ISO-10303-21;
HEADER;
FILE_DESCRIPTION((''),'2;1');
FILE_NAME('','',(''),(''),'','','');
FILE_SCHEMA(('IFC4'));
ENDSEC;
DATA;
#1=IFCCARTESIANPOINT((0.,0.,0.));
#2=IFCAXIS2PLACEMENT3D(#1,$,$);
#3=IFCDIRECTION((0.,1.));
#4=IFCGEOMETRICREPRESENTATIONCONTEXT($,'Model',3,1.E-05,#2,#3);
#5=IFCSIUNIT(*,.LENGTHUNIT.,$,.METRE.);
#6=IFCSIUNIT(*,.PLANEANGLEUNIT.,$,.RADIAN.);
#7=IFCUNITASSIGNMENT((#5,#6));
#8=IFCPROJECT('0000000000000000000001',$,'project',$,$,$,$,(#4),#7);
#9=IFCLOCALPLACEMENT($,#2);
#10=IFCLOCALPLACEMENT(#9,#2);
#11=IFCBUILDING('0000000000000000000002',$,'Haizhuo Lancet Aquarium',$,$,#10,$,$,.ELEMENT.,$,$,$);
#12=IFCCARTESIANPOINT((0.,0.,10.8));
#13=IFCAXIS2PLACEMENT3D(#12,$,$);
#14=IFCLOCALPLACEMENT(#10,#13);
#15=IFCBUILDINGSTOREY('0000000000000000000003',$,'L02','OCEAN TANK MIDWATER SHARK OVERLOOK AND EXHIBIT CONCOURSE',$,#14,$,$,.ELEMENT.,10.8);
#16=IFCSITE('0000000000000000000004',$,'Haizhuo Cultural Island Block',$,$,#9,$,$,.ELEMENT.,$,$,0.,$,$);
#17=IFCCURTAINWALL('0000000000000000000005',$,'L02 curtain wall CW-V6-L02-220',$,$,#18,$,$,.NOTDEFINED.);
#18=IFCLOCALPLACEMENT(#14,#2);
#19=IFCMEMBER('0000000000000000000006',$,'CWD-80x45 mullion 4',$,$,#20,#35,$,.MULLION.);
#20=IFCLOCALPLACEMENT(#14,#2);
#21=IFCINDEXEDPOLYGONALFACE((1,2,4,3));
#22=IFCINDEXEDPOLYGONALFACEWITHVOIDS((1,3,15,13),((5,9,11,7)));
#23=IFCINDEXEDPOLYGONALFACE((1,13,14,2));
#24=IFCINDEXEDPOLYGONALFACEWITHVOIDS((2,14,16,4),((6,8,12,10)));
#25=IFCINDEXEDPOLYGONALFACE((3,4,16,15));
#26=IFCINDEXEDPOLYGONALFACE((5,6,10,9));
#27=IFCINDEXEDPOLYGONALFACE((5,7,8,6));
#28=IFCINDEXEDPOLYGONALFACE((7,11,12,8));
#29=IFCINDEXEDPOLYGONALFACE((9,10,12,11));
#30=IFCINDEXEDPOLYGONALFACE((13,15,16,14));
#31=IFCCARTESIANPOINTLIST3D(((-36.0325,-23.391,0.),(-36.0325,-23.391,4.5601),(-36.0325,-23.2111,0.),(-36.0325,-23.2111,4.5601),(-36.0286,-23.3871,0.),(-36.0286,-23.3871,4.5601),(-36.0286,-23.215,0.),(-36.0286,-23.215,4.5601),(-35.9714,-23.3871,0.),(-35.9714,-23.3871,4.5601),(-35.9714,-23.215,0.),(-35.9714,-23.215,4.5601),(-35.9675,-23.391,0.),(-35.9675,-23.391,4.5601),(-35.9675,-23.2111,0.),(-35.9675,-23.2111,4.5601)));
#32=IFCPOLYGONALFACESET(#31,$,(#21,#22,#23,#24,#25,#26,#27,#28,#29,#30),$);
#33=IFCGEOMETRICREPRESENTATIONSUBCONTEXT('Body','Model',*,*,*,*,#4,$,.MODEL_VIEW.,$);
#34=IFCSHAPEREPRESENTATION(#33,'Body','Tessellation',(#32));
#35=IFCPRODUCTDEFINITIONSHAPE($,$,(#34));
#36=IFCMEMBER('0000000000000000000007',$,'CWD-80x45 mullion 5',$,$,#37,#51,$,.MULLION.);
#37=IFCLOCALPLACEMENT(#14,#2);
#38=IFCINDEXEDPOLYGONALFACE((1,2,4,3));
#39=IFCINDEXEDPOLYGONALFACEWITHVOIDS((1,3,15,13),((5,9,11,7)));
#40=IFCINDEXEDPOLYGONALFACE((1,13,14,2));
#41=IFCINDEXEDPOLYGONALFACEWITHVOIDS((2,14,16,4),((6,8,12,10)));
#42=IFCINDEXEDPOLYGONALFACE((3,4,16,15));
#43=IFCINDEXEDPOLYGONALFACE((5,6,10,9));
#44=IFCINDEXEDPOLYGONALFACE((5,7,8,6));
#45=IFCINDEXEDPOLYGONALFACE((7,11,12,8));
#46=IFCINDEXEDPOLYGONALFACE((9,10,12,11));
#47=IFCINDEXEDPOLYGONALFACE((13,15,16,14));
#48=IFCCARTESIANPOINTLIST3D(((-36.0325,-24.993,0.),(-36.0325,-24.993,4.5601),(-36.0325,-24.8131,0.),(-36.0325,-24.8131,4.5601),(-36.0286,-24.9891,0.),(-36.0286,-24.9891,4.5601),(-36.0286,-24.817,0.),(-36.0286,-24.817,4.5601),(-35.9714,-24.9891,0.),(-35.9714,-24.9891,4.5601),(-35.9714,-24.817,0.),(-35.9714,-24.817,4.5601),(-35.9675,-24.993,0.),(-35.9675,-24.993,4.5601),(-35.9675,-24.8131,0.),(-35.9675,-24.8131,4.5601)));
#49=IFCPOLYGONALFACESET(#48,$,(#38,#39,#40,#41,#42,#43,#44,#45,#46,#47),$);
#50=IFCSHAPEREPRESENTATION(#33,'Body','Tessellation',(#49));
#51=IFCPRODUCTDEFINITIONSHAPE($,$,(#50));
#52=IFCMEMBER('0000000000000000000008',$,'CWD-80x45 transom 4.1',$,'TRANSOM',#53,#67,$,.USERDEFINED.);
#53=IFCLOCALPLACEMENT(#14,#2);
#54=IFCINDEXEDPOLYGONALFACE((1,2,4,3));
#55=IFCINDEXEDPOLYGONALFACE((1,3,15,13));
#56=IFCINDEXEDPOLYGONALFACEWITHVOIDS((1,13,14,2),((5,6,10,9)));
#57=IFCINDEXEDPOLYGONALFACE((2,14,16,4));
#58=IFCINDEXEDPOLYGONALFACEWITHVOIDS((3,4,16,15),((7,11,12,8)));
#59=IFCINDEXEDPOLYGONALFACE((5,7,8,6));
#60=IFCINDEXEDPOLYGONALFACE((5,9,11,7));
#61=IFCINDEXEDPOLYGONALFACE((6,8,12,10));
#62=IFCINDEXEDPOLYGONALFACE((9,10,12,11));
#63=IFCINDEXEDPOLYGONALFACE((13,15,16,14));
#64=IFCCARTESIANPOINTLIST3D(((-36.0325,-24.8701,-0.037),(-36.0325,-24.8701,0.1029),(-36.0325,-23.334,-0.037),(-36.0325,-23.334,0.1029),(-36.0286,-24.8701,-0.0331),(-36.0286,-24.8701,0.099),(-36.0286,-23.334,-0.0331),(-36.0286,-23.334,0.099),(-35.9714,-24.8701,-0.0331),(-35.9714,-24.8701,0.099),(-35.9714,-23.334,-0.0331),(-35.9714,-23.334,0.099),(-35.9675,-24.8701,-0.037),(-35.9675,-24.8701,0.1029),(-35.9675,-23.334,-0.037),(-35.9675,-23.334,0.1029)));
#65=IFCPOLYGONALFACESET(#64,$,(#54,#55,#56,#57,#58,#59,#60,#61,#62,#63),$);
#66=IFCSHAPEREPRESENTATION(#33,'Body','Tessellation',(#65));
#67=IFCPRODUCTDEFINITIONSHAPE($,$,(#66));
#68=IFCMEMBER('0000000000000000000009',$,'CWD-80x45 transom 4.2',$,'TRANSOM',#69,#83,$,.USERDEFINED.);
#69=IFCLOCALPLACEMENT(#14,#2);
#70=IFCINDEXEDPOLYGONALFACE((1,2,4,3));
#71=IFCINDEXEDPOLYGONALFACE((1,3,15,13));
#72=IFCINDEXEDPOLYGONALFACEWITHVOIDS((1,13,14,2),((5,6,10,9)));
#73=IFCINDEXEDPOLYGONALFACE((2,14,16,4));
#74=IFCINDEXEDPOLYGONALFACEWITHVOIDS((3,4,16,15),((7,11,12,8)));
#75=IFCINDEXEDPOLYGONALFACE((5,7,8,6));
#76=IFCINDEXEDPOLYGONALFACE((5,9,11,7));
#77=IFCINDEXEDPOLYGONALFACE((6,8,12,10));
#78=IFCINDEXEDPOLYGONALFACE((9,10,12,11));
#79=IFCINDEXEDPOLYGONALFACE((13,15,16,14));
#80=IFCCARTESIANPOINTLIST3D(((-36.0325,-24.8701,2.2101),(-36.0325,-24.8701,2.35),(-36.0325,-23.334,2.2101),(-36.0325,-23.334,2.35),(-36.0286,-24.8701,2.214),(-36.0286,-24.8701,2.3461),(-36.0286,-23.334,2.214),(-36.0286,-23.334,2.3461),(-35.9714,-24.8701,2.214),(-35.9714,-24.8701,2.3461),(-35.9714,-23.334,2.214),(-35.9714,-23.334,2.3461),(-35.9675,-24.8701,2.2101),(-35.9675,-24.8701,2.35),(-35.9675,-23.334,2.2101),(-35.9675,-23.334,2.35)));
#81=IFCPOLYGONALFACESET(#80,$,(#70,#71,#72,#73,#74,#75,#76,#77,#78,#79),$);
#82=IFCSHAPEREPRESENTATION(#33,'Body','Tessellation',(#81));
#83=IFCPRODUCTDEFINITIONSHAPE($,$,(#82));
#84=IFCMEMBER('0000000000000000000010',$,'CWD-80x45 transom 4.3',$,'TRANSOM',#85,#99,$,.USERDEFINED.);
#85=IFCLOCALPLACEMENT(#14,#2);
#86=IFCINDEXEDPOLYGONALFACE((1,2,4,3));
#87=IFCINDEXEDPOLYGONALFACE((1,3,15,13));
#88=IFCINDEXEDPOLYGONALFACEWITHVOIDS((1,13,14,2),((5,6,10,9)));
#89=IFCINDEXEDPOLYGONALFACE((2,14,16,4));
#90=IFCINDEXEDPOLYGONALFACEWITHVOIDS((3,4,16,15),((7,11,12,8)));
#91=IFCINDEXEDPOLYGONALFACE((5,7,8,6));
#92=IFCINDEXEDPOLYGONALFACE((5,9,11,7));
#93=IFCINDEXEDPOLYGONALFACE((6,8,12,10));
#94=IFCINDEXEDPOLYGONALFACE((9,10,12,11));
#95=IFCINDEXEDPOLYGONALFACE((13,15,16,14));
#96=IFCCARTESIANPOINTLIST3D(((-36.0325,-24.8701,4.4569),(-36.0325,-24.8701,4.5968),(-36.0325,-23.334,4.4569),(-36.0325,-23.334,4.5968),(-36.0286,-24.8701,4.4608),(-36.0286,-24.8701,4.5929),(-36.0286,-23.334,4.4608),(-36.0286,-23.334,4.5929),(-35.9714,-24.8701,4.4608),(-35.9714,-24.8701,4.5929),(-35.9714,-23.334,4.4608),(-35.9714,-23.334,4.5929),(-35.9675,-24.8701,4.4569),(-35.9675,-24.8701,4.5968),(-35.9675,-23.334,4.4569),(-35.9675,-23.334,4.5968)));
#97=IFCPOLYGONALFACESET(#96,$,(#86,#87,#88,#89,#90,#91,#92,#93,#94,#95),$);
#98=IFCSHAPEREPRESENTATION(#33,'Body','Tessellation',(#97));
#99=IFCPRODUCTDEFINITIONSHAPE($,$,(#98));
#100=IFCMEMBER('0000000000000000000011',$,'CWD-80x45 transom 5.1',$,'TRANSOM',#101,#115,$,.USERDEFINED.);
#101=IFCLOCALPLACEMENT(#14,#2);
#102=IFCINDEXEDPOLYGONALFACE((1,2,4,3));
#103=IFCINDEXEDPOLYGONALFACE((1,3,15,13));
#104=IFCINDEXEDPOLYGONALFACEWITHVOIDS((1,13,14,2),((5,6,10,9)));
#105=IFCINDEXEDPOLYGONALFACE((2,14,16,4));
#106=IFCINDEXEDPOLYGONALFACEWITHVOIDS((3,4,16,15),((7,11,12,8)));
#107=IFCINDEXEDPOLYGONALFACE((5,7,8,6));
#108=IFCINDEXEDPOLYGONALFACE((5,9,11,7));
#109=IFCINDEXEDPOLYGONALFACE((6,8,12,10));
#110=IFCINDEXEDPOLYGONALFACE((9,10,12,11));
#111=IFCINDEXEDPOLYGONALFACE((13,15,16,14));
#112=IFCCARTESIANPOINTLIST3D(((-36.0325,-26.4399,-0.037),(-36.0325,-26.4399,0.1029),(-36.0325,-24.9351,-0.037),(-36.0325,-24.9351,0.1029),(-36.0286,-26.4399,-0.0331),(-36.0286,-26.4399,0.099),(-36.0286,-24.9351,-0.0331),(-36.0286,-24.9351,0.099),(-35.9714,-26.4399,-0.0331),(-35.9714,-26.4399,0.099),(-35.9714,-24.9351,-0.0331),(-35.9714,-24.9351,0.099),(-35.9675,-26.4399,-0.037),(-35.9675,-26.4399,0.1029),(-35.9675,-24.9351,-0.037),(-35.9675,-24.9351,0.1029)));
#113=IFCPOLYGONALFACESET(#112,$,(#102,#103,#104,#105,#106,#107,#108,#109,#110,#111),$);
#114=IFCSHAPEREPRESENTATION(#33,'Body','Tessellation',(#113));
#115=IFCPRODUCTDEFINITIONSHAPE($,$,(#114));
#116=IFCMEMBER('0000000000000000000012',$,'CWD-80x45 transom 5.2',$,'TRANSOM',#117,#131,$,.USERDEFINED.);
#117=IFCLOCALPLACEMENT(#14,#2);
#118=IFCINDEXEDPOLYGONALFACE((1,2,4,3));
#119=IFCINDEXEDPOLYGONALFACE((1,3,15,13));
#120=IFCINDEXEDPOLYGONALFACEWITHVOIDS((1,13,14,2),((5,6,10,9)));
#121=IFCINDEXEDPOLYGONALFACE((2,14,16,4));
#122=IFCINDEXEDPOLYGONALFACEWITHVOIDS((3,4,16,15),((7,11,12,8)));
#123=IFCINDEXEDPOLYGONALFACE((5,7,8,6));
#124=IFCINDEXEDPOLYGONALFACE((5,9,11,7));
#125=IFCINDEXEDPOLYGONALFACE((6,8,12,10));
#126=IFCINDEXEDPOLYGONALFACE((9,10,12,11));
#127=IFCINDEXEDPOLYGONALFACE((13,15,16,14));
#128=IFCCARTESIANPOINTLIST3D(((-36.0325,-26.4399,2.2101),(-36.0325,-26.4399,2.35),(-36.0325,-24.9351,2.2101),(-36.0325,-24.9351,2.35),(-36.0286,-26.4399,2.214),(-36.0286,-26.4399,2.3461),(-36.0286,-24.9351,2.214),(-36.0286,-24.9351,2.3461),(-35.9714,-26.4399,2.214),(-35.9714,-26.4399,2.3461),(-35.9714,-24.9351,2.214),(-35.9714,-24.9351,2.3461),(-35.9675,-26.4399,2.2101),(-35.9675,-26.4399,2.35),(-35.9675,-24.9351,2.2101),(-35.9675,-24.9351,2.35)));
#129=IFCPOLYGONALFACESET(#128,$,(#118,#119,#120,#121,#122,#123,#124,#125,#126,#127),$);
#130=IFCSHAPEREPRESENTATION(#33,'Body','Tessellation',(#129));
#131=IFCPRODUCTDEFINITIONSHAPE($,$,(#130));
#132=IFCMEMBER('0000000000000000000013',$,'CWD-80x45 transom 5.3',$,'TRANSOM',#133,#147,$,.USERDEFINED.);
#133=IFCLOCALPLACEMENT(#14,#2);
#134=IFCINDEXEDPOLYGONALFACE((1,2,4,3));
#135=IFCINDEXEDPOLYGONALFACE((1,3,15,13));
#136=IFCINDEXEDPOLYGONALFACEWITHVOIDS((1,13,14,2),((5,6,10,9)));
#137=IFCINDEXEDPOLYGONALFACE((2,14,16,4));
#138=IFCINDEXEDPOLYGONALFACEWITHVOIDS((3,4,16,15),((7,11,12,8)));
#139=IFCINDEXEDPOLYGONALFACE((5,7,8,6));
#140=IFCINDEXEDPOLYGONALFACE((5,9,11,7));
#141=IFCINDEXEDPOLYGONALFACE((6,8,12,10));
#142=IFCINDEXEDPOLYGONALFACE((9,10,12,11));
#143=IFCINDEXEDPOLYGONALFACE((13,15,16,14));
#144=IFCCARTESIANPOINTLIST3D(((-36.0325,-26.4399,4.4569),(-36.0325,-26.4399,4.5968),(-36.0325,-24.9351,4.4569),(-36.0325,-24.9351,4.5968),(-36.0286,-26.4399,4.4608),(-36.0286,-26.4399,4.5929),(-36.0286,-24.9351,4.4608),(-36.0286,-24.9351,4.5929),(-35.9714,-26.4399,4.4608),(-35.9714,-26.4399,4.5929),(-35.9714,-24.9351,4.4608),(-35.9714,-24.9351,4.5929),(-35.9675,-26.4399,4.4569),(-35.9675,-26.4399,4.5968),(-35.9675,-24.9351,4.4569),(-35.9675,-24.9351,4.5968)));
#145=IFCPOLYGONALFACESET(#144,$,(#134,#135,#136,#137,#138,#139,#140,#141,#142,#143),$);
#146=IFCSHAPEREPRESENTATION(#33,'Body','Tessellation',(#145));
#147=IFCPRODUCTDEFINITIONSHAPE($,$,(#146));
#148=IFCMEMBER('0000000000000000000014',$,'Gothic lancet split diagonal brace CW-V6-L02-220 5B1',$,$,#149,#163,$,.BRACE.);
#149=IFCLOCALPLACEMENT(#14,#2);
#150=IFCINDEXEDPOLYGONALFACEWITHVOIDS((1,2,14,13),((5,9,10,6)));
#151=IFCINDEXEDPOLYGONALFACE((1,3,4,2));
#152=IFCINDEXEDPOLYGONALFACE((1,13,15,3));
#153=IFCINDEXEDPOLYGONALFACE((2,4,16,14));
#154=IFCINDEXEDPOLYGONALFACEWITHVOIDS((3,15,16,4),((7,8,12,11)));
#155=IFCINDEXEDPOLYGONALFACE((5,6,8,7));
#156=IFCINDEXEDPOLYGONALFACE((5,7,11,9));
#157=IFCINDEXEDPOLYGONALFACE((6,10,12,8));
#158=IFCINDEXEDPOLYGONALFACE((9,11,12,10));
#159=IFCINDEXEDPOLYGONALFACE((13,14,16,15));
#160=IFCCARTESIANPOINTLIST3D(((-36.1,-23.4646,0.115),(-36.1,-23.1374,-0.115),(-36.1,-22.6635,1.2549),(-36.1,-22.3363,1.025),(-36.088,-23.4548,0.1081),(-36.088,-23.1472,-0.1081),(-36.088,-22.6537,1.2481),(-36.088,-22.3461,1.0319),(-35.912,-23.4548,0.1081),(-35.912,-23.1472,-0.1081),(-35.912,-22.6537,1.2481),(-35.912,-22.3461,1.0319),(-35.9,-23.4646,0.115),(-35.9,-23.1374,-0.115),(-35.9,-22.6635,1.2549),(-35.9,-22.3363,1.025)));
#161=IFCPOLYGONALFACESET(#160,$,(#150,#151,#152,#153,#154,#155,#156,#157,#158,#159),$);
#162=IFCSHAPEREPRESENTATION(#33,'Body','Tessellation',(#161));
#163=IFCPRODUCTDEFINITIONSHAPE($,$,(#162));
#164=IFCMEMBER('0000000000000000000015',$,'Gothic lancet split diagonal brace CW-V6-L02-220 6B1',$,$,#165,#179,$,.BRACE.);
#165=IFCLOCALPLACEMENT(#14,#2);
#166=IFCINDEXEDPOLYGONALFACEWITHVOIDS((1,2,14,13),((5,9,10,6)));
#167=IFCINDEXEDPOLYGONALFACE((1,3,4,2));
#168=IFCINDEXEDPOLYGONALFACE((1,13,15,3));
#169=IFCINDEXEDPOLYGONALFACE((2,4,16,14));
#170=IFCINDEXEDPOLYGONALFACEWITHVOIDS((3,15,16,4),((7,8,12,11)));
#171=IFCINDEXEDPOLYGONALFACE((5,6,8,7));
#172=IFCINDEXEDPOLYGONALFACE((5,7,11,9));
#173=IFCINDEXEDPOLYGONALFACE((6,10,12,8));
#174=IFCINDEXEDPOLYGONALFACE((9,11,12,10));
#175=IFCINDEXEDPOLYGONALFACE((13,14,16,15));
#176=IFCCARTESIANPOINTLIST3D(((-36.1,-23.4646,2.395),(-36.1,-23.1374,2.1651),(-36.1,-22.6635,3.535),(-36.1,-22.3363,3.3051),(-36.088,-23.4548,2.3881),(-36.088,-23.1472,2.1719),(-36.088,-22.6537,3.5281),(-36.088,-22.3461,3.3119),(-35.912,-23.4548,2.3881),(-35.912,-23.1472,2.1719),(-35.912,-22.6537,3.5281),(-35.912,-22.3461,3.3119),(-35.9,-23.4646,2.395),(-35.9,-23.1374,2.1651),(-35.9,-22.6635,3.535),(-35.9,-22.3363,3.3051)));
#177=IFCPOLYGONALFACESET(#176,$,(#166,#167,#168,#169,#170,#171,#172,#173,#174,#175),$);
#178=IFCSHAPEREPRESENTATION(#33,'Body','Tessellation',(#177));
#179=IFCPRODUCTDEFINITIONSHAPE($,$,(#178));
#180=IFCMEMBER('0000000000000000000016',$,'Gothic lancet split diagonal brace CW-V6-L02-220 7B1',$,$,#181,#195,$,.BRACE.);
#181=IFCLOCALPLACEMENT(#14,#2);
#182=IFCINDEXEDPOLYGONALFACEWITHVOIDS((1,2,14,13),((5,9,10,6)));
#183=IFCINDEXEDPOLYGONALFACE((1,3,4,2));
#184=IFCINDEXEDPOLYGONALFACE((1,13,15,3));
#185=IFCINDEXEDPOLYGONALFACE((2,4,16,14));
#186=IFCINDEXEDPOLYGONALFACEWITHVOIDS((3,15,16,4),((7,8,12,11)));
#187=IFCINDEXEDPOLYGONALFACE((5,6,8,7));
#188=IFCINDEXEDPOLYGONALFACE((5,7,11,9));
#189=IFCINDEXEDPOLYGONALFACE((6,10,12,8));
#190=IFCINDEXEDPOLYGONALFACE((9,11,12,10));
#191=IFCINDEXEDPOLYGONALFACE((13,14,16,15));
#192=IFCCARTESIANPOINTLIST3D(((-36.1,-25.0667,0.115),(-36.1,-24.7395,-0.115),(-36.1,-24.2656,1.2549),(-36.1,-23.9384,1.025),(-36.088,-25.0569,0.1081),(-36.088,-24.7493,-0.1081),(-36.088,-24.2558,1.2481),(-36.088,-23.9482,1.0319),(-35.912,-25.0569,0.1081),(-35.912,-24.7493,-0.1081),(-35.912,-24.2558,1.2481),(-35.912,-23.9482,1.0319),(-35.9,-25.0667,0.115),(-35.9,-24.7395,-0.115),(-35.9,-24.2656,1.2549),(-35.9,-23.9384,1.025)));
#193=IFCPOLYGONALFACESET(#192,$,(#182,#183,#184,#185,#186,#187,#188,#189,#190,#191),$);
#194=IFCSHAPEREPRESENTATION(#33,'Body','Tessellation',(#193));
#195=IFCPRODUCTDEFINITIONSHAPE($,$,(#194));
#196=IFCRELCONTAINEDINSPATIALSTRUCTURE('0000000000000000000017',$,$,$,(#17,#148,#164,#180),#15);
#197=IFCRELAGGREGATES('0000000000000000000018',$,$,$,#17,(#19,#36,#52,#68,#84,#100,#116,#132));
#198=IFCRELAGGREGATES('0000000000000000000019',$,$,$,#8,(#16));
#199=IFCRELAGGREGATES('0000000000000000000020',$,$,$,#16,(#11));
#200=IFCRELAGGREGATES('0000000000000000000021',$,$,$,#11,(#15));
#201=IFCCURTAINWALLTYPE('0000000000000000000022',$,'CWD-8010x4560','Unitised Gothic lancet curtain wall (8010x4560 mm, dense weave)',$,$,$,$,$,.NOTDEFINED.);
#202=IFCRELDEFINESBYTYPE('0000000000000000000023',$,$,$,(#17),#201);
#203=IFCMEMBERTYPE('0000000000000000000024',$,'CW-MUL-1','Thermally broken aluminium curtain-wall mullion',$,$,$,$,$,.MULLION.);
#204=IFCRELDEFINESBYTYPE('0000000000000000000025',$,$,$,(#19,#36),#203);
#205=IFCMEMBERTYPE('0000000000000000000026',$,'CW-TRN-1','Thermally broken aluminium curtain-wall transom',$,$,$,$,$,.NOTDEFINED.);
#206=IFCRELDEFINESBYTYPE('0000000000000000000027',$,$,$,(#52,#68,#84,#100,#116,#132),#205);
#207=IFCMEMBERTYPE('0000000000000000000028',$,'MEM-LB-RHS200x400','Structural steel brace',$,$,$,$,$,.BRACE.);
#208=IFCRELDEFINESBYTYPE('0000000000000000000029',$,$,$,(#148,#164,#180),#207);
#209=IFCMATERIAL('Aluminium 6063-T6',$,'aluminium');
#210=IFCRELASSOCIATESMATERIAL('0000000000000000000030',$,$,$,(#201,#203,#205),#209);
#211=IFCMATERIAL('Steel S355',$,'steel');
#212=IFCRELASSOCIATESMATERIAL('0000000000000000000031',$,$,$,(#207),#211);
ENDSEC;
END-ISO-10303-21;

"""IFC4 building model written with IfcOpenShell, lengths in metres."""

from ifc_helpers import new_model, si_unit, direction, frame, origin, origin_2d, place, context, subcontext, project, spatial, hollow_rectangle, extrude, material, material_profile, profile_set, type_object, element, aggregate, save


model = new_model("IFC4")

# Units and contexts
model_context = context("Model", 3, precision=1e-05, world=origin(), true_north=direction((0.0, 1.0)))
body_context = subcontext(model_context, "Body", "Model", "MODEL_VIEW")
ifc_project = project(units=[si_unit("LENGTHUNIT", "METRE"), si_unit("PLANEANGLEUNIT", "RADIAN")], contexts=[model_context])

# Site, building, storey
site_placement = place(None, origin())
site = spatial("IfcSite", under=ifc_project, at=site_placement, Name="Haizhuo Cultural Island Block", CompositionType="ELEMENT", RefElevation=0.0)
building_placement = place(site_placement, origin())
building = spatial("IfcBuilding", under=site, at=building_placement, Name="Haizhuo Lancet Aquarium", CompositionType="ELEMENT")
storey_placement = place(building_placement, frame((0.0, 0.0, 10.8)))
storey = spatial("IfcBuildingStorey", under=building, at=storey_placement, Name="L02", Description="OCEAN TANK MIDWATER SHARK OVERLOOK AND EXHIBIT CONCOURSE", CompositionType="ELEMENT", Elevation=10.8)

# Curtain wall, members
ifc_material_1 = material(Name="Aluminium 6063-T6", Category="aluminium")
curtain_wall_type = type_object("IfcCurtainWallType", Name="CWD-8010x4560", Description="Unitised Gothic lancet curtain wall (8010x4560 mm, dense weave)", PredefinedType="NOTDEFINED", material=ifc_material_1)
curtain_wall_placement = place(storey_placement, origin())
curtain_wall = element("IfcCurtainWall", 1, at=curtain_wall_placement, inside=storey, type_object=curtain_wall_type, Name="L02 curtain wall CW-V6-L02-220", PredefinedType="NOTDEFINED")
ifc_material_profile_1 = material_profile(ifc_material_1, hollow_rectangle(XDim=0.0649, YDim=0.1799, WallThickness=0.0039, at=origin_2d()), Name="ALU-M 65x180x4")
ifc_profile_set_1 = profile_set([ifc_material_profile_1], Name="Aluminium 6063-T6")
member_type_1 = type_object("IfcMemberType", Name="CW-MUL-1", Description="Thermally broken aluminium curtain-wall mullion", PredefinedType="MULLION", material=ifc_profile_set_1)
member_1_placement = place(storey_placement, frame((-36.0, -23.301, 0.0), z_axis=(0.0, 0.0, 1.0), x_axis=(1.0, 0.0, 0.0)))
member_1 = element("IfcMember", 2, at=member_1_placement, type_object=member_type_1, Name="CWD-80x45 mullion 4", PredefinedType="MULLION", context=body_context, shape_type="SweptSolid", body=[
    extrude(hollow_rectangle(XDim=0.0649, YDim=0.1799, WallThickness=0.0039, at=origin_2d()), origin(), (0.0, 0.0, 1.0), 4.5601),
])
member_2_placement = place(storey_placement, frame((-36.0, -24.9031, 0.0), z_axis=(0.0, 0.0, 1.0), x_axis=(1.0, 0.0, 0.0)))
member_2 = element("IfcMember", 3, at=member_2_placement, type_object=member_type_1, Name="CWD-80x45 mullion 5", PredefinedType="MULLION", context=body_context, shape_type="SweptSolid", body=[
    extrude(hollow_rectangle(XDim=0.0649, YDim=0.1799, WallThickness=0.0039, at=origin_2d()), origin(), (0.0, 0.0, 1.0), 4.5601),
])
ifc_material_profile_2 = material_profile(ifc_material_1, hollow_rectangle(XDim=0.0649, YDim=0.1399, WallThickness=0.0039, at=origin_2d()), Name="ALU-T 65x140x4")
ifc_profile_set_2 = profile_set([ifc_material_profile_2], Name="Aluminium 6063-T6")
member_type_2 = type_object("IfcMemberType", Name="CW-TRN-1", Description="Thermally broken aluminium curtain-wall transom", PredefinedType="NOTDEFINED", material=ifc_profile_set_2)
member_3_placement = place(storey_placement, frame((-36.0, -23.334, 0.033), z_axis=(0.0, -1.0, 0.0), x_axis=(1.0, 0.0, 0.0)))
member_3 = element("IfcMember", 4, at=member_3_placement, type_object=member_type_2, Name="CWD-80x45 transom 4.1", ObjectType="TRANSOM", PredefinedType="USERDEFINED", context=body_context, shape_type="SweptSolid", body=[
    extrude(hollow_rectangle(XDim=0.0649, YDim=0.1399, WallThickness=0.0039, at=origin_2d()), origin(), (0.0, 0.0, 1.0), 1.5361),
])
member_4_placement = place(storey_placement, frame((-36.0, -23.334, 2.28), z_axis=(0.0, -1.0, 0.0), x_axis=(1.0, 0.0, 0.0)))
member_4 = element("IfcMember", 5, at=member_4_placement, type_object=member_type_2, Name="CWD-80x45 transom 4.2", ObjectType="TRANSOM", PredefinedType="USERDEFINED", context=body_context, shape_type="SweptSolid", body=[
    extrude(hollow_rectangle(XDim=0.0649, YDim=0.1399, WallThickness=0.0039, at=origin_2d()), origin(), (0.0, 0.0, 1.0), 1.5361),
])
member_5_placement = place(storey_placement, frame((-36.0, -23.334, 4.5269), z_axis=(0.0, -1.0, 0.0), x_axis=(1.0, 0.0, 0.0)))
member_5 = element("IfcMember", 6, at=member_5_placement, type_object=member_type_2, Name="CWD-80x45 transom 4.3", ObjectType="TRANSOM", PredefinedType="USERDEFINED", context=body_context, shape_type="SweptSolid", body=[
    extrude(hollow_rectangle(XDim=0.0649, YDim=0.1399, WallThickness=0.0039, at=origin_2d()), origin(), (0.0, 0.0, 1.0), 1.5361),
])
member_6_placement = place(storey_placement, frame((-36.0, -24.9351, 0.033), z_axis=(0.0, -1.0, 0.0), x_axis=(1.0, 0.0, 0.0)))
member_6 = element("IfcMember", 7, at=member_6_placement, type_object=member_type_2, Name="CWD-80x45 transom 5.1", ObjectType="TRANSOM", PredefinedType="USERDEFINED", context=body_context, shape_type="SweptSolid", body=[
    extrude(hollow_rectangle(XDim=0.0649, YDim=0.1399, WallThickness=0.0039, at=origin_2d()), origin(), (0.0, 0.0, 1.0), 1.5049),
])
member_7_placement = place(storey_placement, frame((-36.0, -24.9351, 2.28), z_axis=(0.0, -1.0, 0.0), x_axis=(1.0, 0.0, 0.0)))
member_7 = element("IfcMember", 8, at=member_7_placement, type_object=member_type_2, Name="CWD-80x45 transom 5.2", ObjectType="TRANSOM", PredefinedType="USERDEFINED", context=body_context, shape_type="SweptSolid", body=[
    extrude(hollow_rectangle(XDim=0.0649, YDim=0.1399, WallThickness=0.0039, at=origin_2d()), origin(), (0.0, 0.0, 1.0), 1.5049),
])
member_8_placement = place(storey_placement, frame((-36.0, -24.9351, 4.5269), z_axis=(0.0, -1.0, 0.0), x_axis=(1.0, 0.0, 0.0)))
member_8 = element("IfcMember", 9, at=member_8_placement, type_object=member_type_2, Name="CWD-80x45 transom 5.3", ObjectType="TRANSOM", PredefinedType="USERDEFINED", context=body_context, shape_type="SweptSolid", body=[
    extrude(hollow_rectangle(XDim=0.0649, YDim=0.1399, WallThickness=0.0039, at=origin_2d()), origin(), (0.0, 0.0, 1.0), 1.5049),
])

# Members
ifc_material_2 = material(Name="Steel S355", Category="steel")
ifc_material_profile_3 = material_profile(ifc_material_2, hollow_rectangle(XDim=0.2, YDim=0.3999, WallThickness=0.012, at=origin_2d()), Name="RHS 200x400x12")
ifc_profile_set_3 = profile_set([ifc_material_profile_3], Name="Steel S355")
member_type_3 = type_object("IfcMemberType", Name="MEM-LB-RHS200x400", Description="Structural steel brace", PredefinedType="BRACE", material=ifc_profile_set_3)
for number, where, z_axis, x_axis, name in (
    (10, (-36.0, -23.301, 0.0), (0.0, 0.574955, 0.818185), (-1.0, 0.0, 0.0), "Gothic lancet split diagonal brace CW-V6-L02-220 5B1"),
    (11, (-36.0, -23.301, 2.28), (0.0, 0.574955, 0.818185), (-1.0, 0.0, 0.0), "Gothic lancet split diagonal brace CW-V6-L02-220 6B1"),
    (12, (-36.0, -24.9031, 0.0), (0.0, 0.574955, 0.818185), (-1.0, 0.0, 0.0), "Gothic lancet split diagonal brace CW-V6-L02-220 7B1"),
):
    element("IfcMember", number, at=place(storey_placement, frame(where, z_axis=z_axis, x_axis=x_axis)), inside=storey, type_object=member_type_3, Name=name, PredefinedType="BRACE", context=body_context, shape_type="SweptSolid", body=[
        extrude(hollow_rectangle(XDim=0.2, YDim=0.3999, WallThickness=0.012, at=origin_2d()), origin(), (0.0, 0.0, 1.0), 1.3933),
    ])

aggregate(curtain_wall, [member_1, member_2, member_3, member_4, member_5, member_6, member_7, member_8])

save(model, "model.ifc")
